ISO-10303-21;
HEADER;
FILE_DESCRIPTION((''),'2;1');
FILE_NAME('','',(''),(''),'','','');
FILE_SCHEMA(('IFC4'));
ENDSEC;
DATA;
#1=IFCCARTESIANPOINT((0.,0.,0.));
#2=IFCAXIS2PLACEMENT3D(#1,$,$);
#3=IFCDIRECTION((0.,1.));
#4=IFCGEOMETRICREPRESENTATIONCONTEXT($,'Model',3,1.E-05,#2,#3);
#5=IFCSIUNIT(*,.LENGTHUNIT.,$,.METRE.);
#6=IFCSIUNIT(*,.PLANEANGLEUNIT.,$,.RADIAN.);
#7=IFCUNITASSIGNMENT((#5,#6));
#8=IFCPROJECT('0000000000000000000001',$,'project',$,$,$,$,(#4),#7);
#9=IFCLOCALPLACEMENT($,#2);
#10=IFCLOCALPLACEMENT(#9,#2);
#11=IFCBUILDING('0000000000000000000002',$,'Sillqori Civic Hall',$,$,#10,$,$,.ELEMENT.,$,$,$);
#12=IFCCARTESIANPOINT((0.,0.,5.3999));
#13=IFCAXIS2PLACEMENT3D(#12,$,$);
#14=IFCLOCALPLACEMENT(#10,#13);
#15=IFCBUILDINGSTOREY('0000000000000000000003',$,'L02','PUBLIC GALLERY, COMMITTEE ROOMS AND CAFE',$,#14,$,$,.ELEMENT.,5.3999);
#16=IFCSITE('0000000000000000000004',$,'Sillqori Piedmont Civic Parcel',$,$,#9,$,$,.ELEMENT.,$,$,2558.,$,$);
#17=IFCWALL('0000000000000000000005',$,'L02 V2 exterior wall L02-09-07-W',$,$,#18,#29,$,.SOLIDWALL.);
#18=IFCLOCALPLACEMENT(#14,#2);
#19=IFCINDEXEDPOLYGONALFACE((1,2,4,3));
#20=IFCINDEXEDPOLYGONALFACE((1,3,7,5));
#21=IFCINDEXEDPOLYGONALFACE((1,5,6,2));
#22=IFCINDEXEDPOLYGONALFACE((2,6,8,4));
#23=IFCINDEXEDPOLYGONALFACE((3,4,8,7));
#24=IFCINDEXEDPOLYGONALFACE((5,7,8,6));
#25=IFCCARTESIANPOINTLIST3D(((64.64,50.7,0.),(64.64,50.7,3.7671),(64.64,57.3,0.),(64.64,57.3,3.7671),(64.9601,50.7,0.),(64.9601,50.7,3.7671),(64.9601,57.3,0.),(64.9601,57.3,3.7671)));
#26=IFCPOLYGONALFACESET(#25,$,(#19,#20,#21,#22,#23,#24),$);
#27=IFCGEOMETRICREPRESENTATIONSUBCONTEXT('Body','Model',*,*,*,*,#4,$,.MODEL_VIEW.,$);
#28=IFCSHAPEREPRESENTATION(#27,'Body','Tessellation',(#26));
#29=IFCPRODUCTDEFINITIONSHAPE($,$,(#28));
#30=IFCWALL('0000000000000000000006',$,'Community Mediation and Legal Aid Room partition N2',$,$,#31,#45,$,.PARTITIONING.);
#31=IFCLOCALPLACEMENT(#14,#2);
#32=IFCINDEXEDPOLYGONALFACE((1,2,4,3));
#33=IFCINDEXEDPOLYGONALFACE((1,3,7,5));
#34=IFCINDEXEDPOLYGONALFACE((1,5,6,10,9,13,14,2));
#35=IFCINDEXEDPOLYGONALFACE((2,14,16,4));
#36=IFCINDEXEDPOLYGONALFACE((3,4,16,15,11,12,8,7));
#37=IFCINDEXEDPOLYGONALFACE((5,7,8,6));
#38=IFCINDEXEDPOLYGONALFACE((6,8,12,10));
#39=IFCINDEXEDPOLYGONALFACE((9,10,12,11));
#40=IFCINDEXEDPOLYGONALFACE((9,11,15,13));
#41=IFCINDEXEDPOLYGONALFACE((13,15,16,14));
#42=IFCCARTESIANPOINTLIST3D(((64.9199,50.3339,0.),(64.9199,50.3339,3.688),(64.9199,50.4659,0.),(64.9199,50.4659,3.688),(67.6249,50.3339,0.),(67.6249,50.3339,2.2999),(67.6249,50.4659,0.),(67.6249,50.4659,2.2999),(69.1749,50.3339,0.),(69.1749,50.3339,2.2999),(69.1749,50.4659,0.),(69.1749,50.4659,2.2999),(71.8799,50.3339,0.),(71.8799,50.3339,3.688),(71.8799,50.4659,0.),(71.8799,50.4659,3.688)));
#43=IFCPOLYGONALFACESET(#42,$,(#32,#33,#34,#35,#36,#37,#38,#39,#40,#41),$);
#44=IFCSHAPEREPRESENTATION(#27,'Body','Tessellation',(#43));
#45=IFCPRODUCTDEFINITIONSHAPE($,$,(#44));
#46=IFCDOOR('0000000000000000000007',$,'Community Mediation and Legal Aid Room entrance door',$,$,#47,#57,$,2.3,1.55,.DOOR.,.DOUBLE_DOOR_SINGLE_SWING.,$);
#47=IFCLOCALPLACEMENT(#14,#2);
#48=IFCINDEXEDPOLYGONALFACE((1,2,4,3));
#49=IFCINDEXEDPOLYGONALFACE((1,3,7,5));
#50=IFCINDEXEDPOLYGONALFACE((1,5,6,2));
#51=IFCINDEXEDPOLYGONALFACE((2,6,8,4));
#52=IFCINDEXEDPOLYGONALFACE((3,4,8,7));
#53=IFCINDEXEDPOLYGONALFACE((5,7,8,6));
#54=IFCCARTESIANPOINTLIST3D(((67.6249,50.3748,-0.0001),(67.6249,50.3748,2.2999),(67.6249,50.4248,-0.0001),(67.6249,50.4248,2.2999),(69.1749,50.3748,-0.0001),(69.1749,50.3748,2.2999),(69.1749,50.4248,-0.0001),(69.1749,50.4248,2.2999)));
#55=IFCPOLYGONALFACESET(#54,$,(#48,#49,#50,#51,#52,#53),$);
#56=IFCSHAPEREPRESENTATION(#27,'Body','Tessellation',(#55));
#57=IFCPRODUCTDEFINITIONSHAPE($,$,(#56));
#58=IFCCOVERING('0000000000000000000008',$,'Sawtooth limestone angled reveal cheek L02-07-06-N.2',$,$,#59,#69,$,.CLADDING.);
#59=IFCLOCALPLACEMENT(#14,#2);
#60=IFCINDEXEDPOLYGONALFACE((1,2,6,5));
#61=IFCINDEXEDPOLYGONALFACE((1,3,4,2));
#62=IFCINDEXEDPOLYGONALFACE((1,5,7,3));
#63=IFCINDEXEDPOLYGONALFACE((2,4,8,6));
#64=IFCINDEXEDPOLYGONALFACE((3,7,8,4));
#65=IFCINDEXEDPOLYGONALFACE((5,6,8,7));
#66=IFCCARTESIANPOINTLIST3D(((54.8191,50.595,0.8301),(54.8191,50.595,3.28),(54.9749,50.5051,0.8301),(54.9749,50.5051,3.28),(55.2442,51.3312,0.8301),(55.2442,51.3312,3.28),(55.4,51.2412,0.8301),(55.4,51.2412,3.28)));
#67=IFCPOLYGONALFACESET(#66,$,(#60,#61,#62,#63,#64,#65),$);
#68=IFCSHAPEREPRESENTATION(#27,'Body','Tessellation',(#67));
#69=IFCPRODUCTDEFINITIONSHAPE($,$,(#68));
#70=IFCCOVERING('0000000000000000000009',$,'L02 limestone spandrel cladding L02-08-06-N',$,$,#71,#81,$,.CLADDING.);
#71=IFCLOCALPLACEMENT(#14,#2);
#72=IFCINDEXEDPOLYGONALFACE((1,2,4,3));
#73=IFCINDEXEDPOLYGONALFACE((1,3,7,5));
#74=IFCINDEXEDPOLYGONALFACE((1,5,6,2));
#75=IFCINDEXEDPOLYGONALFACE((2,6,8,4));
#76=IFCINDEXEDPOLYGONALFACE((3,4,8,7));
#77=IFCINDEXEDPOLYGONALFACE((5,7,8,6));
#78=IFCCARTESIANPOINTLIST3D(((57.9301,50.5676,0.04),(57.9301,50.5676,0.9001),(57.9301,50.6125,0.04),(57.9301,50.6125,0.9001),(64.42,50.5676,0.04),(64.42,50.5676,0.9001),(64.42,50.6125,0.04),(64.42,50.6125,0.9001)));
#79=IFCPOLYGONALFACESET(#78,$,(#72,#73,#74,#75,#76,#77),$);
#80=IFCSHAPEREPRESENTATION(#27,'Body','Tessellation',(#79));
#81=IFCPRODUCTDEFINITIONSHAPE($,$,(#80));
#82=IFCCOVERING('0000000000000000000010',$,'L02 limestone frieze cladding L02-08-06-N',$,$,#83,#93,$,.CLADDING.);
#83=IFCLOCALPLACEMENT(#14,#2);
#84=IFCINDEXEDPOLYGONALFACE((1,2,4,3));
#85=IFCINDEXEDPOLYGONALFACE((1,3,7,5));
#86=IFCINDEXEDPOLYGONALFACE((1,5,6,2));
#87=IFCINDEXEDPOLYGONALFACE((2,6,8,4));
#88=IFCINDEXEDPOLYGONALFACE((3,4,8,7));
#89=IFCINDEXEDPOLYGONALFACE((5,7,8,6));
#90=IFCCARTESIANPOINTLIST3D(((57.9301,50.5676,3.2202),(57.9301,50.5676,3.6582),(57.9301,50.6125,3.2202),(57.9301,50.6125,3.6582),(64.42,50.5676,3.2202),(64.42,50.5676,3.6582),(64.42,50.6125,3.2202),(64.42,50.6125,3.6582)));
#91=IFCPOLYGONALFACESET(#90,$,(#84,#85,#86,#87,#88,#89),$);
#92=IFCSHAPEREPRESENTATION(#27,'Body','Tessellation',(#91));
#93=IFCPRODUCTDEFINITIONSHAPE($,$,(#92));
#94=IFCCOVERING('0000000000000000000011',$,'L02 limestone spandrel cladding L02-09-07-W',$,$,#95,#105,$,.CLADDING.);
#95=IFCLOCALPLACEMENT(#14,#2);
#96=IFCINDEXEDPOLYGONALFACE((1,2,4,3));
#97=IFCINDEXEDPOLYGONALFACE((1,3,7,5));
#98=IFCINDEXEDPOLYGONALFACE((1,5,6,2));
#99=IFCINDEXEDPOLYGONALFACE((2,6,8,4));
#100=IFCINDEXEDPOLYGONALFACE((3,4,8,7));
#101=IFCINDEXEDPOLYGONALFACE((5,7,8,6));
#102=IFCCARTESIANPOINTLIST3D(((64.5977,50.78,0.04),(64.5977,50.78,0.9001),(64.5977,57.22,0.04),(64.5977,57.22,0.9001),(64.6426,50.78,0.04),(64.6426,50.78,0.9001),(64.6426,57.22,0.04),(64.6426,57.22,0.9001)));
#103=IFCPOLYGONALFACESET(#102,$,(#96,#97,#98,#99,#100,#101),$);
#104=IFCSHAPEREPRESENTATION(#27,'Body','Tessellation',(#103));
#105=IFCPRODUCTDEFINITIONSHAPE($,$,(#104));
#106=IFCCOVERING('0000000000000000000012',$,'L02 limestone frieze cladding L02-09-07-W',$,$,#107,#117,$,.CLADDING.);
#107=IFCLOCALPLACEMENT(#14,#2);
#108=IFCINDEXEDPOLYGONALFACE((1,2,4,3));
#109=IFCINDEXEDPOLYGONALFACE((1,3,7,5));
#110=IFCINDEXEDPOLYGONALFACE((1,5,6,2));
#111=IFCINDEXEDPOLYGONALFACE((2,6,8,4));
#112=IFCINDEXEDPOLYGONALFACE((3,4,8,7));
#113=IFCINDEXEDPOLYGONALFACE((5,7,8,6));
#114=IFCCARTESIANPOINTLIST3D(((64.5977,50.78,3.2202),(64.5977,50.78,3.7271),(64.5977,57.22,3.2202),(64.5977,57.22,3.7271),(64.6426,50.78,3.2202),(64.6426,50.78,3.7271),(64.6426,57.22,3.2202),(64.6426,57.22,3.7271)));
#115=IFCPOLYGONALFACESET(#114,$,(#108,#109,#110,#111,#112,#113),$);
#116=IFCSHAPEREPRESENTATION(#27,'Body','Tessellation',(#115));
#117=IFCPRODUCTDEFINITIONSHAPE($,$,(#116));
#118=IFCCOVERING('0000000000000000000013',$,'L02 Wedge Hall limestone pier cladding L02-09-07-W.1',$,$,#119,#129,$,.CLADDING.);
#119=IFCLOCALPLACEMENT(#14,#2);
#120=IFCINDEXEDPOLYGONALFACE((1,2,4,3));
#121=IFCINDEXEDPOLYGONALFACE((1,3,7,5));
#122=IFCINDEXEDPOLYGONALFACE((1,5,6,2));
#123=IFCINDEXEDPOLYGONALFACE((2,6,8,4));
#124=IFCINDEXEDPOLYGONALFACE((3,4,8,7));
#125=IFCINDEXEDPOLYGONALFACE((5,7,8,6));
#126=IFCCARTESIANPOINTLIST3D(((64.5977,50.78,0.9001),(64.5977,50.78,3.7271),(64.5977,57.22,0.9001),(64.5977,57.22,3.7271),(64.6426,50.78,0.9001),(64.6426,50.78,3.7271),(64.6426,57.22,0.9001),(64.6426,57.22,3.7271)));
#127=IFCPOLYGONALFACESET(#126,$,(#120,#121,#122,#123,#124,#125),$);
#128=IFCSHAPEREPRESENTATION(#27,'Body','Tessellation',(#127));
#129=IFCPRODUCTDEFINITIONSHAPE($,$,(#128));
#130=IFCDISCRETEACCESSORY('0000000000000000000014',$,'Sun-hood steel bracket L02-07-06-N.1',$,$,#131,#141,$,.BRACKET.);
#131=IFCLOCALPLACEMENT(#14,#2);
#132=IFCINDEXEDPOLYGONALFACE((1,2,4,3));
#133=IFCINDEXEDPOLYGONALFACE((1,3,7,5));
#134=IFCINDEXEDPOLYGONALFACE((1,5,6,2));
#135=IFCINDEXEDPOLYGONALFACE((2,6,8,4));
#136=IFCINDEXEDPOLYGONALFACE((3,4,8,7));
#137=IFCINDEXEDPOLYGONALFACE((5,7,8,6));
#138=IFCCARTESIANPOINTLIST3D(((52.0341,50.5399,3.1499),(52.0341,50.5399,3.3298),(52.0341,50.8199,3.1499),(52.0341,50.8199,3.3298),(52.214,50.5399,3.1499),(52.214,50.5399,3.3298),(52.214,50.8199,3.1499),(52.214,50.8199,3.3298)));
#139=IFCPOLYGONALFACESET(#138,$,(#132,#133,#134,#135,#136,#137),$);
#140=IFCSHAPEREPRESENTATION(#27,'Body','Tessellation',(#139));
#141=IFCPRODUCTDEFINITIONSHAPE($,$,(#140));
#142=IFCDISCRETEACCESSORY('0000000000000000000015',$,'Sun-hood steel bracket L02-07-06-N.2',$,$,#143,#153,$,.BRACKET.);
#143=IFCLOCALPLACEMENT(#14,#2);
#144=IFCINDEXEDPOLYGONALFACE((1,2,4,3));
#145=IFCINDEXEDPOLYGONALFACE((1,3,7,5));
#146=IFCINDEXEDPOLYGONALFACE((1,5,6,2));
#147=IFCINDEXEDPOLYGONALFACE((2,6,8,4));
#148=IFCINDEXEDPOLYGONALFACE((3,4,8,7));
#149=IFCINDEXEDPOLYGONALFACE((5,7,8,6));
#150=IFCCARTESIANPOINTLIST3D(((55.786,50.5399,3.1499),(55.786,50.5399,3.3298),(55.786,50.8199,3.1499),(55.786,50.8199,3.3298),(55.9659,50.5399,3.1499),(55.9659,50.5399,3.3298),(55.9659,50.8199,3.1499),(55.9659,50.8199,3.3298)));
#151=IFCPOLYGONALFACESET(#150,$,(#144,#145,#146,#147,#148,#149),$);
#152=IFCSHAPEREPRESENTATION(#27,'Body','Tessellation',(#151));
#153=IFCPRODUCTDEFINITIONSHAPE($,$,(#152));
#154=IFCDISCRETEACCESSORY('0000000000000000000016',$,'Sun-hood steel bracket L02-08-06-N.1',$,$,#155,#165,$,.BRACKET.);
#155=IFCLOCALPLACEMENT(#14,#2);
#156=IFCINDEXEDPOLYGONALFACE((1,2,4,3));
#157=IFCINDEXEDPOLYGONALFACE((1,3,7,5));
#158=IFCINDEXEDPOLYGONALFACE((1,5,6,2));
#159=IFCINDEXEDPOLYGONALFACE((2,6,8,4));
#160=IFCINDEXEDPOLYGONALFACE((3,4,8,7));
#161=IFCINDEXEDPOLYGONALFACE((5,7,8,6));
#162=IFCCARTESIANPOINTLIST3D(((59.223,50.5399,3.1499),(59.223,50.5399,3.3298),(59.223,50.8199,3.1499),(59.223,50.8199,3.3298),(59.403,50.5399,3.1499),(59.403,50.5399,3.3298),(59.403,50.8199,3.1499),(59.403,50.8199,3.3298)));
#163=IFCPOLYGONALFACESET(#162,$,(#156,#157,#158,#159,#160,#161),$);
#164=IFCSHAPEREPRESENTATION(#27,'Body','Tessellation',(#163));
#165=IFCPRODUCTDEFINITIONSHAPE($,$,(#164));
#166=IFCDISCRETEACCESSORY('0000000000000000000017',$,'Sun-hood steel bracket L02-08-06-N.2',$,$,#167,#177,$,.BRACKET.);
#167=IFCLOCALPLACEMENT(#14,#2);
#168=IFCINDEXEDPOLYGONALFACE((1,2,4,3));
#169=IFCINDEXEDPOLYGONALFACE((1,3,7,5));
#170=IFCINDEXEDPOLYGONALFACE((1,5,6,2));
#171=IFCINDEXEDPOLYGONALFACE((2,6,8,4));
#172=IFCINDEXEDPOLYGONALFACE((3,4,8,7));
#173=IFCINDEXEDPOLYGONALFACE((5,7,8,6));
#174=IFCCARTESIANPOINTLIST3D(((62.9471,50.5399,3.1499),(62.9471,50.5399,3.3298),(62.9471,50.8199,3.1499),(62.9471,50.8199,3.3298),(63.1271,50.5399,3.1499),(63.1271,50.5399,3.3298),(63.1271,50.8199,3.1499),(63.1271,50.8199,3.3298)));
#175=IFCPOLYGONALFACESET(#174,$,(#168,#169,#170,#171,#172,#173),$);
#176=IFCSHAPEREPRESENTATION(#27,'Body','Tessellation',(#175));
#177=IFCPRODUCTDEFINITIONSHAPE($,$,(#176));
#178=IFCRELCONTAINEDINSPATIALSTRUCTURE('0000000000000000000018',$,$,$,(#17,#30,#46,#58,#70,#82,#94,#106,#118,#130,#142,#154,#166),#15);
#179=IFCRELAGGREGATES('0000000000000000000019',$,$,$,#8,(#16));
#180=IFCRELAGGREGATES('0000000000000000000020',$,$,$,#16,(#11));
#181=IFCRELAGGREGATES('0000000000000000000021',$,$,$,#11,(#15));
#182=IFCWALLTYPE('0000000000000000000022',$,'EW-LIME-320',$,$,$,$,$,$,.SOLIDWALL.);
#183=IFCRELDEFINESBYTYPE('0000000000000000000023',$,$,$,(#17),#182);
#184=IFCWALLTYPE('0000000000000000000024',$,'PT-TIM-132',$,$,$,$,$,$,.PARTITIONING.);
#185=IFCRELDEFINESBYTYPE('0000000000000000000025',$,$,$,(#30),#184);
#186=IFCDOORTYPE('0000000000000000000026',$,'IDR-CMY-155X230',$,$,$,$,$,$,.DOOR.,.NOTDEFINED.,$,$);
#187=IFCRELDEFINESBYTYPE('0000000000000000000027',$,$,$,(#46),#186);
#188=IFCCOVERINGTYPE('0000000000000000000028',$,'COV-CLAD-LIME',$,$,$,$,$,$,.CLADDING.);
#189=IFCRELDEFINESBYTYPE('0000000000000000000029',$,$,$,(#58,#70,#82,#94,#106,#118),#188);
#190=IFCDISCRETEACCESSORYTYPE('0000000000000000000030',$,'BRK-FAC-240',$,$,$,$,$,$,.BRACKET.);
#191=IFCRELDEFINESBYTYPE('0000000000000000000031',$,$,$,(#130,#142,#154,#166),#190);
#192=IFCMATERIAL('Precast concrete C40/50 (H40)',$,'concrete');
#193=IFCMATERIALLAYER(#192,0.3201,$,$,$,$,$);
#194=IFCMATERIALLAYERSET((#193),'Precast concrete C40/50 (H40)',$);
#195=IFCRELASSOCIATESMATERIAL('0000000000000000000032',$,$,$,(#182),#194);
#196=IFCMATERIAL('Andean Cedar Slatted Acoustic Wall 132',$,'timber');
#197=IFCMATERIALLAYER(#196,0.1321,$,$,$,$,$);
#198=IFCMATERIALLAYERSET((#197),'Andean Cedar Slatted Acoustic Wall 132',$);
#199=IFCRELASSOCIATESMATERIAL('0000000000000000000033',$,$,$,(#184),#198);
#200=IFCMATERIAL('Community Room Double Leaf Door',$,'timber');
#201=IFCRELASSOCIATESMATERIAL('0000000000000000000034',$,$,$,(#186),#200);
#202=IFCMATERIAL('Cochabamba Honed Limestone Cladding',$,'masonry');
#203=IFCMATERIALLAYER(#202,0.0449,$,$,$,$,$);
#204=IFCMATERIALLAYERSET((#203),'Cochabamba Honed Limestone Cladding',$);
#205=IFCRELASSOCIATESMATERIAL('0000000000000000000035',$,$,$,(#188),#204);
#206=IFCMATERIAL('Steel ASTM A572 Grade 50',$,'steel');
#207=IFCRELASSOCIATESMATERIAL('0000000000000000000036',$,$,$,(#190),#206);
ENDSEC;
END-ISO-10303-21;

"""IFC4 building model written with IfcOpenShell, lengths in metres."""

from ifc_helpers import new_model, si_unit, direction, frame, frame_2d, origin, origin_2d, place, context, subcontext, project, spatial, rectangle, extrude, material, layer, layer_set, type_object, element, fill, save


model = new_model("IFC4")

# Units and contexts
model_context = context("Model", 3, precision=1e-05, world=origin(), true_north=direction((0.0, 1.0)))
body_context = subcontext(model_context, "Body", "Model", "MODEL_VIEW")
ifc_project = project(units=[si_unit("LENGTHUNIT", "METRE"), si_unit("PLANEANGLEUNIT", "RADIAN")], contexts=[model_context])

# Site, building, storey
site_placement = place(None, origin())
site = spatial("IfcSite", under=ifc_project, at=site_placement, Name="Sillqori Piedmont Civic Parcel", CompositionType="ELEMENT", RefElevation=2558.0)
building_placement = place(site_placement, origin())
building = spatial("IfcBuilding", under=site, at=building_placement, Name="Sillqori Civic Hall", CompositionType="ELEMENT")
storey_placement = place(building_placement, frame((0.0, 0.0, 5.3999)))
storey = spatial("IfcBuildingStorey", under=building, at=storey_placement, Name="L02", Description="PUBLIC GALLERY, COMMITTEE ROOMS AND CAFE", CompositionType="ELEMENT", Elevation=5.3999)

# Wall
ifc_material_1 = material(Name="Precast concrete C40/50 (H40)", Category="concrete")
ifc_layer_1 = layer(ifc_material_1, 0.3201)
ifc_layer_set_1 = layer_set([ifc_layer_1], Name="Precast concrete C40/50 (H40)")
wall_type_1 = type_object("IfcWallType", Name="EW-LIME-320", PredefinedType="SOLIDWALL", material=ifc_layer_set_1)
wall_1_placement = place(storey_placement, frame((64.8, 50.7, 0.0), z_axis=(0.0, 0.0, 1.0), x_axis=(0.0, 1.0, 0.0)))
element("IfcWall", 1, at=wall_1_placement, inside=storey, type_object=wall_type_1, Name="L02 V2 exterior wall L02-09-07-W", PredefinedType="SOLIDWALL", context=body_context, shape_type="SweptSolid", body=[
    extrude(rectangle(XDim=6.6001, YDim=0.3201, at=frame_2d((3.3, 0.0))), origin(), (0.0, 0.0, 1.0), 3.7671),
])

# Wall, opening, door
ifc_material_2 = material(Name="Andean Cedar Slatted Acoustic Wall 132", Category="timber")
ifc_layer_2 = layer(ifc_material_2, 0.1321)
ifc_layer_set_2 = layer_set([ifc_layer_2], Name="Andean Cedar Slatted Acoustic Wall 132")
wall_type_2 = type_object("IfcWallType", Name="PT-TIM-132", PredefinedType="PARTITIONING", material=ifc_layer_set_2)
wall_2_placement = place(storey_placement, frame((64.9199, 50.3999, 0.0), z_axis=(0.0, 0.0, 1.0), x_axis=(1.0, 0.0, 0.0)))
wall_2 = element("IfcWall", 2, at=wall_2_placement, inside=storey, type_object=wall_type_2, Name="Community Mediation and Legal Aid Room partition N2", PredefinedType="PARTITIONING", context=body_context, shape_type="SweptSolid", body=[
    extrude(rectangle(XDim=6.96, YDim=0.1321, at=frame_2d((3.48, 0.0))), origin(), (0.0, 0.0, 1.0), 3.688),
])
opening_placement = place(wall_2_placement, frame((2.7051, 0.0, 0.0)))
opening = element("IfcOpeningElement", 3, at=opening_placement, cuts=wall_2, PredefinedType="OPENING", context=body_context, shape_type="SweptSolid", body=[
    extrude(rectangle(XDim=1.55, YDim=2.3, at=frame_2d((0.7749, 1.1499))), frame((0.0, 0.0759, 0.0), z_axis=(0.0, -1.0, 0.0), x_axis=(1.0, 0.0, 0.0)), (0.0, 0.0, 1.0), 0.1521),
])
ifc_material_3 = material(Name="Community Room Double Leaf Door", Category="timber")
door_type = type_object("IfcDoorType", Name="IDR-CMY-155X230", OperationType="NOTDEFINED", PredefinedType="DOOR", material=ifc_material_3)
door_placement = place(opening_placement, origin())
door = element("IfcDoor", 4, at=door_placement, inside=storey, type_object=door_type, Name="Community Mediation and Legal Aid Room entrance door", OperationType="DOUBLE_DOOR_SINGLE_SWING", OverallHeight=2.3, OverallWidth=1.55, PredefinedType="DOOR", context=body_context, shape_type="SweptSolid", body=[
    extrude(rectangle(XDim=1.55, YDim=2.3, at=frame_2d((0.7749, 1.1499))), frame((0.0, 0.0249, 0.0), z_axis=(0.0, -1.0, 0.0), x_axis=(1.0, 0.0, 0.0)), (0.0, 0.0, 1.0), 0.05),
])
fill(opening, door)

# Coverings
ifc_material_4 = material(Name="Cochabamba Honed Limestone Cladding", Category="masonry")
ifc_layer_3 = layer(ifc_material_4, 0.0449)
ifc_layer_set_3 = layer_set([ifc_layer_3], Name="Cochabamba Honed Limestone Cladding")
covering_type = type_object("IfcCoveringType", Name="COV-CLAD-LIME", PredefinedType="CLADDING", material=ifc_layer_set_3)
covering_1_placement = place(storey_placement, frame((54.897, 50.55, 0.8301), z_axis=(0.0, 0.0, 1.0), x_axis=(0.500062, 0.865989, 0.0)))
element("IfcCovering", 5, at=covering_1_placement, inside=storey, type_object=covering_type, Name="Sawtooth limestone angled reveal cheek L02-07-06-N.2", PredefinedType="CLADDING", context=body_context, shape_type="SweptSolid", body=[
    extrude(rectangle(XDim=0.8501, YDim=0.1799, at=frame_2d((0.425, 0.0))), origin(), (0.0, 0.0, 1.0), 2.45),
])
covering_2_placement = place(storey_placement, frame((57.9299, 50.5901, 0.04), z_axis=(0.0, 0.0, 1.0), x_axis=(1.0, 0.0, 0.0)))
element("IfcCovering", 6, at=covering_2_placement, inside=storey, type_object=covering_type, Name="L02 limestone spandrel cladding L02-08-06-N", PredefinedType="CLADDING", context=body_context, shape_type="SweptSolid", body=[
    extrude(rectangle(XDim=6.49, YDim=0.0449, at=frame_2d((3.2451, 0.0))), origin(), (0.0, 0.0, 1.0), 0.8601),
])
covering_3_placement = place(storey_placement, frame((57.9299, 50.5901, 3.2202), z_axis=(0.0, 0.0, 1.0), x_axis=(1.0, 0.0, 0.0)))
element("IfcCovering", 7, at=covering_3_placement, inside=storey, type_object=covering_type, Name="L02 limestone frieze cladding L02-08-06-N", PredefinedType="CLADDING", context=body_context, shape_type="SweptSolid", body=[
    extrude(rectangle(XDim=6.49, YDim=0.0449, at=frame_2d((3.2451, 0.0))), origin(), (0.0, 0.0, 1.0), 0.438),
])
covering_4_placement = place(storey_placement, frame((64.6201, 50.78, 0.04), z_axis=(0.0, 0.0, 1.0), x_axis=(0.0, 1.0, 0.0)))
element("IfcCovering", 8, at=covering_4_placement, inside=storey, type_object=covering_type, Name="L02 limestone spandrel cladding L02-09-07-W", PredefinedType="CLADDING", context=body_context, shape_type="SweptSolid", body=[
    extrude(rectangle(XDim=6.4399, YDim=0.0449, at=frame_2d((3.22, 0.0))), origin(), (0.0, 0.0, 1.0), 0.8601),
])
covering_5_placement = place(storey_placement, frame((64.6201, 50.78, 3.2202), z_axis=(0.0, 0.0, 1.0), x_axis=(0.0, 1.0, 0.0)))
element("IfcCovering", 9, at=covering_5_placement, inside=storey, type_object=covering_type, Name="L02 limestone frieze cladding L02-09-07-W", PredefinedType="CLADDING", context=body_context, shape_type="SweptSolid", body=[
    extrude(rectangle(XDim=6.4399, YDim=0.0449, at=frame_2d((3.22, 0.0))), origin(), (0.0, 0.0, 1.0), 0.5068),
])
covering_6_placement = place(storey_placement, frame((64.6201, 50.78, 0.9001), z_axis=(0.0, 0.0, 1.0), x_axis=(0.0, 1.0, 0.0)))
element("IfcCovering", 10, at=covering_6_placement, inside=storey, type_object=covering_type, Name="L02 Wedge Hall limestone pier cladding L02-09-07-W.1", PredefinedType="CLADDING", context=body_context, shape_type="SweptSolid", body=[
    extrude(rectangle(XDim=6.4399, YDim=0.0449, at=frame_2d((3.22, 0.0))), origin(), (0.0, 0.0, 1.0), 2.8269),
])

# Discrete accessories
ifc_material_5 = material(Name="Steel ASTM A572 Grade 50", Category="steel")
discrete_accessory_type = type_object("IfcDiscreteAccessoryType", Name="BRK-FAC-240", PredefinedType="BRACKET", material=ifc_material_5)
for number, where, z_axis, x_axis, name in (
    (11, (52.124, 50.6799, 3.1499), (0.0, 0.0, 1.0), (1.0, 0.0, 0.0), "Sun-hood steel bracket L02-07-06-N.1"),
    (12, (55.876, 50.6799, 3.1499), (0.0, 0.0, 1.0), (1.0, 0.0, 0.0), "Sun-hood steel bracket L02-07-06-N.2"),
    (13, (59.313, 50.6799, 3.1499), (0.0, 0.0, 1.0), (1.0, 0.0, 0.0), "Sun-hood steel bracket L02-08-06-N.1"),
    (14, (63.0371, 50.6799, 3.1499), (0.0, 0.0, 1.0), (1.0, 0.0, 0.0), "Sun-hood steel bracket L02-08-06-N.2"),
):
    element("IfcDiscreteAccessory", number, at=place(storey_placement, frame(where, z_axis=z_axis, x_axis=x_axis)), inside=storey, type_object=discrete_accessory_type, Name=name, PredefinedType="BRACKET", context=body_context, shape_type="SweptSolid", body=[
        extrude(rectangle(XDim=0.1799, YDim=0.28, at=origin_2d()), origin(), (0.0, 0.0, 1.0), 0.1799),
    ])

save(model, "model.ifc")
